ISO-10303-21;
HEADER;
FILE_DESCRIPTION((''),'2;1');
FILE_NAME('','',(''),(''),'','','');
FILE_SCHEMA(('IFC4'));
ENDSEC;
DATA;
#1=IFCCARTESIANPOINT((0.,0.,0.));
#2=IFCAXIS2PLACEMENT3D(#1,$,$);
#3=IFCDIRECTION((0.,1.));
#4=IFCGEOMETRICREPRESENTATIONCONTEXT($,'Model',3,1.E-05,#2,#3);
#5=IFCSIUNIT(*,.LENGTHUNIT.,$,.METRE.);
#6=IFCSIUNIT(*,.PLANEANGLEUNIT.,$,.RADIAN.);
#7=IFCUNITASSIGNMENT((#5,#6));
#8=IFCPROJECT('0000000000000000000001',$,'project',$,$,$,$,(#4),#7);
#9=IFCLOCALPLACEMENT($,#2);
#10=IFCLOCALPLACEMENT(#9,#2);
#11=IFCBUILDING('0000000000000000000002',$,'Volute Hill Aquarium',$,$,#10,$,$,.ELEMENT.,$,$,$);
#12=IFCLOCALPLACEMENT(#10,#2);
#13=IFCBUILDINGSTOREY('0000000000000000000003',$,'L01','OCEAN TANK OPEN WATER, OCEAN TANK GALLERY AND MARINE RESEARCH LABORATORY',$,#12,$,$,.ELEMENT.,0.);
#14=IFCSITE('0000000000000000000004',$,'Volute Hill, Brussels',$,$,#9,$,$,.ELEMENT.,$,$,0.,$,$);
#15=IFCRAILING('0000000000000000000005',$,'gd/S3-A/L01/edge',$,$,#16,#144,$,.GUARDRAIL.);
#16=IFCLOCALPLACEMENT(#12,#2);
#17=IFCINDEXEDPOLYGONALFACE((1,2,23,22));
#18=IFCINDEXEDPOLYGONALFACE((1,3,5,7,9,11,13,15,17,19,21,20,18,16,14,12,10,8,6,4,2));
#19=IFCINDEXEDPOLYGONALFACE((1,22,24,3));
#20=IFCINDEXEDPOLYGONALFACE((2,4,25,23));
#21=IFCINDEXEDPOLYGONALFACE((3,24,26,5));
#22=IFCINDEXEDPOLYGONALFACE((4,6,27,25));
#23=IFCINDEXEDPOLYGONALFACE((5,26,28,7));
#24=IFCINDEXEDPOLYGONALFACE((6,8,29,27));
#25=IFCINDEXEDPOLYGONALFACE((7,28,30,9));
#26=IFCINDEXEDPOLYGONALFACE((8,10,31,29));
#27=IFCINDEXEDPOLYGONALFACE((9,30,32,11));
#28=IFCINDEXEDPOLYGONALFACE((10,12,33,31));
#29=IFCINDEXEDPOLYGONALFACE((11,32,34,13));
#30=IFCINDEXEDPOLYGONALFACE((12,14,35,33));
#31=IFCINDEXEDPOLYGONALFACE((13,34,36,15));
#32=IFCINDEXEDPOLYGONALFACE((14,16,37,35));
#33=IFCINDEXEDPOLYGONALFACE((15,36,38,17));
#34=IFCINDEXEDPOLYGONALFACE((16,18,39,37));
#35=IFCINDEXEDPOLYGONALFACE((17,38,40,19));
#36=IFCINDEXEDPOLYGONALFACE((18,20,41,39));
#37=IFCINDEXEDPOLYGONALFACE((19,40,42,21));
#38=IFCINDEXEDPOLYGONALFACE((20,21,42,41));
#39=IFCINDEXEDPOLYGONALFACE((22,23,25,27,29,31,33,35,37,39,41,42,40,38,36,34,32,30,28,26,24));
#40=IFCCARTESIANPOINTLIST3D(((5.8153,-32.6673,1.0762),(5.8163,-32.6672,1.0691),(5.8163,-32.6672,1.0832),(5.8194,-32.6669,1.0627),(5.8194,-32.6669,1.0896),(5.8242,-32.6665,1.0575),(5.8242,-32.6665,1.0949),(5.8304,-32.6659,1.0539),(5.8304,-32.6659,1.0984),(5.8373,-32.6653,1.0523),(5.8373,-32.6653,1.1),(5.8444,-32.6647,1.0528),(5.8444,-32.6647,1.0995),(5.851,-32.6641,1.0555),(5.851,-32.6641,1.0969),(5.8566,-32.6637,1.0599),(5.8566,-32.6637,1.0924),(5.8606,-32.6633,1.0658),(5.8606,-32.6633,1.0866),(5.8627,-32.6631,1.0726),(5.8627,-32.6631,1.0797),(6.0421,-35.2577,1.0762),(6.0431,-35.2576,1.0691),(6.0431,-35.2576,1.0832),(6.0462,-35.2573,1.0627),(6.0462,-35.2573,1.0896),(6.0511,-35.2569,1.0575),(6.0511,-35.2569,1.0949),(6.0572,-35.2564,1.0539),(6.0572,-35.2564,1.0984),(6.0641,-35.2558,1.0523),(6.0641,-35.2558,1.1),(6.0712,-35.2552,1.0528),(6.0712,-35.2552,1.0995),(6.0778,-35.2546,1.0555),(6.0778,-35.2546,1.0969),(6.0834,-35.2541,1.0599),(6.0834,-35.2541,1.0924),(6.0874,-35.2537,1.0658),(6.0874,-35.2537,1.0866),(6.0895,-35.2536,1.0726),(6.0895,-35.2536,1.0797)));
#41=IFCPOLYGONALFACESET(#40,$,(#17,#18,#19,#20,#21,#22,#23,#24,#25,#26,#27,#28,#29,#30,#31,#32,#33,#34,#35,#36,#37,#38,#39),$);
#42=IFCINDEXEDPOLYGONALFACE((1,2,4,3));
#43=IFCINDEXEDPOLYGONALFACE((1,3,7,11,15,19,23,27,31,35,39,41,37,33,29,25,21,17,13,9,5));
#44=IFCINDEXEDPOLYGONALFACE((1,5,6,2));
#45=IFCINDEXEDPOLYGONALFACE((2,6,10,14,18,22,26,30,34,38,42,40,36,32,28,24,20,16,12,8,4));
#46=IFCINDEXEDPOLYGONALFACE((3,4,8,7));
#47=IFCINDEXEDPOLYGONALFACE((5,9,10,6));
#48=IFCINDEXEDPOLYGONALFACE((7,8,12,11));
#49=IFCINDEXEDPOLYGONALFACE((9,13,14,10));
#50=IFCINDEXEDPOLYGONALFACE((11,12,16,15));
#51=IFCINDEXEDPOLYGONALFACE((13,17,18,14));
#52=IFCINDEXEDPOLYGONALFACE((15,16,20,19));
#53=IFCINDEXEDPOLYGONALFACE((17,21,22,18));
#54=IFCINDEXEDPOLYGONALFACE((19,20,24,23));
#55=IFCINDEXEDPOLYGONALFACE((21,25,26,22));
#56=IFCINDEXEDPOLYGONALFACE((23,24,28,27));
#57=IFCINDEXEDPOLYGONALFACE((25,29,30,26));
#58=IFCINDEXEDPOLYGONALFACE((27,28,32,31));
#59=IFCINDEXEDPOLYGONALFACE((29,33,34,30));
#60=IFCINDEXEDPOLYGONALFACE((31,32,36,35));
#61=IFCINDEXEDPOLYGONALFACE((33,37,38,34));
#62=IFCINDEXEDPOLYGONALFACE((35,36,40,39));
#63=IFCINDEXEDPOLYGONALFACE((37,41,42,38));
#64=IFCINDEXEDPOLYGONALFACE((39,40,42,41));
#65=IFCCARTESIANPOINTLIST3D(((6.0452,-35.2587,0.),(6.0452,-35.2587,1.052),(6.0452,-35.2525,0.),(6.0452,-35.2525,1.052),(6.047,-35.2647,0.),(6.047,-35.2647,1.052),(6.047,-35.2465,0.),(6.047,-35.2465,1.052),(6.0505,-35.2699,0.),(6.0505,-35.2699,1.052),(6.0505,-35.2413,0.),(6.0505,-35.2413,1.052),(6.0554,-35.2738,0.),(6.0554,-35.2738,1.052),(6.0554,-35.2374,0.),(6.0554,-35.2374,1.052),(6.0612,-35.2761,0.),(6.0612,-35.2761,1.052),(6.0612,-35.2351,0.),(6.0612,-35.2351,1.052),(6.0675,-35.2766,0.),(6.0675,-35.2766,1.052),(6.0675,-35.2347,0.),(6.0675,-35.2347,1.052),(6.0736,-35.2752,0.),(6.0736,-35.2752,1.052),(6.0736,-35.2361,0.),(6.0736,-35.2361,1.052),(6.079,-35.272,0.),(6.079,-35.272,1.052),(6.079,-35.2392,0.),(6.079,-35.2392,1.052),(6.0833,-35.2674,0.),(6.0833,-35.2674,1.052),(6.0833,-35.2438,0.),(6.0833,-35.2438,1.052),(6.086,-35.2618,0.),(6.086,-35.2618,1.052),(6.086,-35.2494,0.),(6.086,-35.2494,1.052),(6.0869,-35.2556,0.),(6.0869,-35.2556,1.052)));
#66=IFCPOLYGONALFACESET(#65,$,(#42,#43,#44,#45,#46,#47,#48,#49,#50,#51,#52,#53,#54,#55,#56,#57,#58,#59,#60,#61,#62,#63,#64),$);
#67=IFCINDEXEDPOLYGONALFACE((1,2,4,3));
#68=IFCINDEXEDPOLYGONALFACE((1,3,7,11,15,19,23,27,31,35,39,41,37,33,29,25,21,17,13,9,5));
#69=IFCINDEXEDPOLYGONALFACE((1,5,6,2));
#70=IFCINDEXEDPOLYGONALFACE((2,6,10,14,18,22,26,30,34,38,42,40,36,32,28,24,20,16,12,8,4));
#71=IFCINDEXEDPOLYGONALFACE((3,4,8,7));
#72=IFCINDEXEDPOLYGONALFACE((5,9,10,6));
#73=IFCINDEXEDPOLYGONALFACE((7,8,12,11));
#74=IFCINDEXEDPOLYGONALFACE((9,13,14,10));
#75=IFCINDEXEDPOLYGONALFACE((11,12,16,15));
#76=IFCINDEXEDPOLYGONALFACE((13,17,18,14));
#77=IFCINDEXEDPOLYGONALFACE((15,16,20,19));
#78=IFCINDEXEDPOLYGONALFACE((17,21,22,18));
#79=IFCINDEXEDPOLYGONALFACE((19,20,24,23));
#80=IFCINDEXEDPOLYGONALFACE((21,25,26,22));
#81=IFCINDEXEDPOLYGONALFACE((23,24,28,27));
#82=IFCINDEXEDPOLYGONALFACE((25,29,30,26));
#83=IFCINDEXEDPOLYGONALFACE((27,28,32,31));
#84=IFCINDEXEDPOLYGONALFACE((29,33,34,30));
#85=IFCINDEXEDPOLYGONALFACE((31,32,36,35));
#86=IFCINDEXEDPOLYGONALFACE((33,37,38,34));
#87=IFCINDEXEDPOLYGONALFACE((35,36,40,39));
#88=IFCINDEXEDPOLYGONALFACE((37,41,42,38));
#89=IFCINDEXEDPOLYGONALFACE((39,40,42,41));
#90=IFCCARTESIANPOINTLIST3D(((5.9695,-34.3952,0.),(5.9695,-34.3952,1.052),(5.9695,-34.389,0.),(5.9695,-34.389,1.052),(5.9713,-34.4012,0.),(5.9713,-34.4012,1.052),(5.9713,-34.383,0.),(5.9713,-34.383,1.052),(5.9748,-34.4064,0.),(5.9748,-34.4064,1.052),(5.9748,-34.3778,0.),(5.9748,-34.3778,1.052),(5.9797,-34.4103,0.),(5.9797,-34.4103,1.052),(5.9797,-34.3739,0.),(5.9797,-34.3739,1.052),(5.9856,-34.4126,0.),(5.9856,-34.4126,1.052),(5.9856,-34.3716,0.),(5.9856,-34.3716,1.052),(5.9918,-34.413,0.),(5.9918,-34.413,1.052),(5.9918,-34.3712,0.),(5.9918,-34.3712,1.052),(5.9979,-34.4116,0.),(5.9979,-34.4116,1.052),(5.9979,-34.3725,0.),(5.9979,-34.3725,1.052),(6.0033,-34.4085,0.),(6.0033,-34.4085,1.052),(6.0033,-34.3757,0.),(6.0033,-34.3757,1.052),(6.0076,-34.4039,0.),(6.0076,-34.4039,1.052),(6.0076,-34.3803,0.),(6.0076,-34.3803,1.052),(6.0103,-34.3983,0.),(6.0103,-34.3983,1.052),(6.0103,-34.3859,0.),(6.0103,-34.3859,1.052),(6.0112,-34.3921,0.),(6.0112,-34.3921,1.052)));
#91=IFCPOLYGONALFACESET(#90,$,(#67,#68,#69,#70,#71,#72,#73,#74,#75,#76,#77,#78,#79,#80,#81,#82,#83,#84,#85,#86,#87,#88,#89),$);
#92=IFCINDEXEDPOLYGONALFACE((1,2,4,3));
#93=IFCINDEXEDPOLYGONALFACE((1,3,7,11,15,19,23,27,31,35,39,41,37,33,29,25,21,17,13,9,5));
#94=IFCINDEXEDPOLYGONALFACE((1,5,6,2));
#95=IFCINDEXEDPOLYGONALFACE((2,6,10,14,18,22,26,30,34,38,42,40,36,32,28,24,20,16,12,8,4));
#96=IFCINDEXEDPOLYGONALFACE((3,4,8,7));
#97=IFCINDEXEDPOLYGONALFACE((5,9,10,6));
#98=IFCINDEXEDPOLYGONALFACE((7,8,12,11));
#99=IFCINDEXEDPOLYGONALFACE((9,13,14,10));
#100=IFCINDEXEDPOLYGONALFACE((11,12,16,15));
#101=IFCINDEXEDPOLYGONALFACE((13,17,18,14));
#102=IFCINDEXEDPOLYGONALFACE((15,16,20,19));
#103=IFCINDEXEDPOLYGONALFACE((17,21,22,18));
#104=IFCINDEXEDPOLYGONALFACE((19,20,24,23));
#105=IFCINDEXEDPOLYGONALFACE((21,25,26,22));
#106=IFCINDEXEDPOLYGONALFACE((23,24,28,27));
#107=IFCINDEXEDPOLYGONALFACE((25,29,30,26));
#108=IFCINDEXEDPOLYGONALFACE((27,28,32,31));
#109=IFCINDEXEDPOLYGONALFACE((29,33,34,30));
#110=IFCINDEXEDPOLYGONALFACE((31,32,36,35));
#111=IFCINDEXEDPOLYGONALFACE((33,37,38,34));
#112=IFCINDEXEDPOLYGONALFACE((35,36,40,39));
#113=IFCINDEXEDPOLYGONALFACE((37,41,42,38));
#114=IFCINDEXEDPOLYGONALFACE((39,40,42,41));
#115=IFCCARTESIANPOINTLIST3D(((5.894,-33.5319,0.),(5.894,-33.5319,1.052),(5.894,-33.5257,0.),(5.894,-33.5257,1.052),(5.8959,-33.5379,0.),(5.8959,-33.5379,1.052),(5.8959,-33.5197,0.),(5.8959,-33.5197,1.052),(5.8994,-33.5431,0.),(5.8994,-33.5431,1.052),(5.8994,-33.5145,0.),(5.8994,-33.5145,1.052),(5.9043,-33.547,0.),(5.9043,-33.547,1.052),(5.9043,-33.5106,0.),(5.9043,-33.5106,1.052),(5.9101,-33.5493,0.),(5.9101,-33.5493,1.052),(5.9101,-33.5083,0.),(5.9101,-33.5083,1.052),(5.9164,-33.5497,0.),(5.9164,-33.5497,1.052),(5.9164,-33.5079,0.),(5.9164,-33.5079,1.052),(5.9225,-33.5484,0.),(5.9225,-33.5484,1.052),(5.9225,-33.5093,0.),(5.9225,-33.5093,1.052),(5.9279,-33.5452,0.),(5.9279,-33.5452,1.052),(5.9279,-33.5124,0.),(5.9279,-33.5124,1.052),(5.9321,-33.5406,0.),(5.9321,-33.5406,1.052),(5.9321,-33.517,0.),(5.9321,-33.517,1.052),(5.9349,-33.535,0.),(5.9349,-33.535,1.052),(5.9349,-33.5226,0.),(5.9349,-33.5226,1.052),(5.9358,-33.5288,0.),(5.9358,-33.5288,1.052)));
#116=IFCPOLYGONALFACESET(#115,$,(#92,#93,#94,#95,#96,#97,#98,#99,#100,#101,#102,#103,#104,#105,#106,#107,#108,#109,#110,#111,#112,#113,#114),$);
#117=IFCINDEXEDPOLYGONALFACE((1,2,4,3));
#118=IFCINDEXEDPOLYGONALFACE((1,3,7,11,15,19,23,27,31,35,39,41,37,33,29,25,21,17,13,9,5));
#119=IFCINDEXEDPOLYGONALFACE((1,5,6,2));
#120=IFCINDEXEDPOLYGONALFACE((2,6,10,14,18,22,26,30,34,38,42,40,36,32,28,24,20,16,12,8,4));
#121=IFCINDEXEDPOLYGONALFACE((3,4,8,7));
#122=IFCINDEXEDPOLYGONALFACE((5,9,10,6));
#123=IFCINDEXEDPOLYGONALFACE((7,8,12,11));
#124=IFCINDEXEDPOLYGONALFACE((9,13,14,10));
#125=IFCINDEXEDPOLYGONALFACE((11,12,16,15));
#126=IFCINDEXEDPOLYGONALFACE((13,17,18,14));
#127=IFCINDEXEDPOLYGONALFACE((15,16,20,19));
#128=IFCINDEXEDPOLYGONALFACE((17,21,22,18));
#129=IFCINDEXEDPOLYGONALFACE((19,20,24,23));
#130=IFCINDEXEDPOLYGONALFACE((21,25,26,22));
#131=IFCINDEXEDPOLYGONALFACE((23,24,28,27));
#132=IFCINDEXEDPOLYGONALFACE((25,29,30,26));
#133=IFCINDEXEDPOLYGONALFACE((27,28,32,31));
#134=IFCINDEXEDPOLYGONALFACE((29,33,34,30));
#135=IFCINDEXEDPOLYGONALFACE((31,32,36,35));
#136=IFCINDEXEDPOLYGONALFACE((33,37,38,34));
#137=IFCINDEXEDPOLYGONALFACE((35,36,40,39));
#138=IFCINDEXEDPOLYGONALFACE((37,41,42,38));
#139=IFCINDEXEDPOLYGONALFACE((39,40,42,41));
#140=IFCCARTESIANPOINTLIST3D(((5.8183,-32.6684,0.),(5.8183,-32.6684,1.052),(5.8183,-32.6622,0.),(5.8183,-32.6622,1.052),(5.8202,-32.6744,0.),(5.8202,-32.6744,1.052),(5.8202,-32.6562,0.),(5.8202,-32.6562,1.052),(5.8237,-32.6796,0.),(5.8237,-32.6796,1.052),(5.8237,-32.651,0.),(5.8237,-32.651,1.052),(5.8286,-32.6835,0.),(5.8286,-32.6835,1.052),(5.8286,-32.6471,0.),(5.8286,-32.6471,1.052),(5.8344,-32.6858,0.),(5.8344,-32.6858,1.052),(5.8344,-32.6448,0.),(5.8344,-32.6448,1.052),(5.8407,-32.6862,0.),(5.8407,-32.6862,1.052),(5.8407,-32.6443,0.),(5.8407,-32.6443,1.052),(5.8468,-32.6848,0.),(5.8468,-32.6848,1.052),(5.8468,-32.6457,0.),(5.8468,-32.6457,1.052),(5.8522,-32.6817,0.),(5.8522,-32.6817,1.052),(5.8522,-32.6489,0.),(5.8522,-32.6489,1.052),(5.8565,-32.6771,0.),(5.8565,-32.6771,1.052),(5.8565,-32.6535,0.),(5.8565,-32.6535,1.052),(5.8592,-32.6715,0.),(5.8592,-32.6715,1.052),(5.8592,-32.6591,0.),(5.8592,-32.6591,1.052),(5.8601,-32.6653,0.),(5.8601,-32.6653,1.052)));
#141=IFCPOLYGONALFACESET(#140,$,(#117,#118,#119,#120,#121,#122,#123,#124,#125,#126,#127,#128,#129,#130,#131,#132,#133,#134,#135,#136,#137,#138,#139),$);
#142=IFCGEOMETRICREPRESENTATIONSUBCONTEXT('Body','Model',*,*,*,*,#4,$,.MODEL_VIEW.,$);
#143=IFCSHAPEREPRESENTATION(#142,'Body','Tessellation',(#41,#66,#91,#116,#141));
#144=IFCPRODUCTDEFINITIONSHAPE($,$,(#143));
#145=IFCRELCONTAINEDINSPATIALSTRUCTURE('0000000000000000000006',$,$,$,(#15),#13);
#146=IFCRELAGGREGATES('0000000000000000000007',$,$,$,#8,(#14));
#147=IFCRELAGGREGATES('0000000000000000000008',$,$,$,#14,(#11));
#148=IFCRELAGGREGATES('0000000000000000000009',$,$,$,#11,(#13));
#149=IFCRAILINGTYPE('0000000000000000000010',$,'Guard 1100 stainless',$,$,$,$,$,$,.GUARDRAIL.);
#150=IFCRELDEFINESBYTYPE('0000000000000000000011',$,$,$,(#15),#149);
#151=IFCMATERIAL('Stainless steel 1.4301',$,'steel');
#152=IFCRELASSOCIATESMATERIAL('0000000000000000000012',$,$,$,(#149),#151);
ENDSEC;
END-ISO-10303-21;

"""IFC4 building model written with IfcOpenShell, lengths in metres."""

from ifc_helpers import new_model, si_unit, direction, frame, origin, origin_2d, place, context, subcontext, project, spatial, circle, extrude, material, type_object, element, save


model = new_model("IFC4")

# Units and contexts
model_context = context("Model", 3, precision=1e-05, world=origin(), true_north=direction((0.0, 1.0)))
body_context = subcontext(model_context, "Body", "Model", "MODEL_VIEW")
ifc_project = project(units=[si_unit("LENGTHUNIT", "METRE"), si_unit("PLANEANGLEUNIT", "RADIAN")], contexts=[model_context])

# Site, building, storey
site_placement = place(None, origin())
site = spatial("IfcSite", under=ifc_project, at=site_placement, Name="Volute Hill, Brussels", CompositionType="ELEMENT", RefElevation=0.0)
building_placement = place(site_placement, origin())
building = spatial("IfcBuilding", under=site, at=building_placement, Name="Volute Hill Aquarium", CompositionType="ELEMENT")
storey_placement = place(building_placement, origin())
storey = spatial("IfcBuildingStorey", under=building, at=storey_placement, Name="L01", Description="OCEAN TANK OPEN WATER, OCEAN TANK GALLERY AND MARINE RESEARCH LABORATORY", CompositionType="ELEMENT", Elevation=0.0)

# Railing
ifc_material_1 = material(Name="Stainless steel 1.4301", Category="steel")
railing_type_1 = type_object("IfcRailingType", Name="Guard 1100 stainless", PredefinedType="GUARDRAIL", material=ifc_material_1)
railing_1_placement = place(storey_placement, frame((6.0659, -35.2556, 0.0)))
element("IfcRailing", 1, at=railing_1_placement, inside=storey, type_object=railing_type_1, Name="gd/S3-A/L01/edge", PredefinedType="GUARDRAIL", context=body_context, shape_type="SweptSolid", body=[
    extrude(circle(Radius=0.0239, at=origin_2d()), frame((0.0, 0.0, 1.0762), z_axis=(-0.087225, 0.996189, 0.0), x_axis=(-0.996189, -0.087225, 0.0)), (0.0, 0.0, 1.0), 2.6003),
    extrude(circle(Radius=0.021, at=origin_2d()), origin(), (0.0, 0.0, 1.0), 1.052),
    extrude(circle(Radius=0.021, at=origin_2d()), frame((-0.0757, 0.8635, 0.0)), (0.0, 0.0, 1.0), 1.052),
    extrude(circle(Radius=0.021, at=origin_2d()), frame((-0.1511, 1.7268, 0.0)), (0.0, 0.0, 1.0), 1.052),
    extrude(circle(Radius=0.021, at=origin_2d()), frame((-0.2268, 2.5903, 0.0)), (0.0, 0.0, 1.0), 1.052),
])

save(model, "model.ifc")
